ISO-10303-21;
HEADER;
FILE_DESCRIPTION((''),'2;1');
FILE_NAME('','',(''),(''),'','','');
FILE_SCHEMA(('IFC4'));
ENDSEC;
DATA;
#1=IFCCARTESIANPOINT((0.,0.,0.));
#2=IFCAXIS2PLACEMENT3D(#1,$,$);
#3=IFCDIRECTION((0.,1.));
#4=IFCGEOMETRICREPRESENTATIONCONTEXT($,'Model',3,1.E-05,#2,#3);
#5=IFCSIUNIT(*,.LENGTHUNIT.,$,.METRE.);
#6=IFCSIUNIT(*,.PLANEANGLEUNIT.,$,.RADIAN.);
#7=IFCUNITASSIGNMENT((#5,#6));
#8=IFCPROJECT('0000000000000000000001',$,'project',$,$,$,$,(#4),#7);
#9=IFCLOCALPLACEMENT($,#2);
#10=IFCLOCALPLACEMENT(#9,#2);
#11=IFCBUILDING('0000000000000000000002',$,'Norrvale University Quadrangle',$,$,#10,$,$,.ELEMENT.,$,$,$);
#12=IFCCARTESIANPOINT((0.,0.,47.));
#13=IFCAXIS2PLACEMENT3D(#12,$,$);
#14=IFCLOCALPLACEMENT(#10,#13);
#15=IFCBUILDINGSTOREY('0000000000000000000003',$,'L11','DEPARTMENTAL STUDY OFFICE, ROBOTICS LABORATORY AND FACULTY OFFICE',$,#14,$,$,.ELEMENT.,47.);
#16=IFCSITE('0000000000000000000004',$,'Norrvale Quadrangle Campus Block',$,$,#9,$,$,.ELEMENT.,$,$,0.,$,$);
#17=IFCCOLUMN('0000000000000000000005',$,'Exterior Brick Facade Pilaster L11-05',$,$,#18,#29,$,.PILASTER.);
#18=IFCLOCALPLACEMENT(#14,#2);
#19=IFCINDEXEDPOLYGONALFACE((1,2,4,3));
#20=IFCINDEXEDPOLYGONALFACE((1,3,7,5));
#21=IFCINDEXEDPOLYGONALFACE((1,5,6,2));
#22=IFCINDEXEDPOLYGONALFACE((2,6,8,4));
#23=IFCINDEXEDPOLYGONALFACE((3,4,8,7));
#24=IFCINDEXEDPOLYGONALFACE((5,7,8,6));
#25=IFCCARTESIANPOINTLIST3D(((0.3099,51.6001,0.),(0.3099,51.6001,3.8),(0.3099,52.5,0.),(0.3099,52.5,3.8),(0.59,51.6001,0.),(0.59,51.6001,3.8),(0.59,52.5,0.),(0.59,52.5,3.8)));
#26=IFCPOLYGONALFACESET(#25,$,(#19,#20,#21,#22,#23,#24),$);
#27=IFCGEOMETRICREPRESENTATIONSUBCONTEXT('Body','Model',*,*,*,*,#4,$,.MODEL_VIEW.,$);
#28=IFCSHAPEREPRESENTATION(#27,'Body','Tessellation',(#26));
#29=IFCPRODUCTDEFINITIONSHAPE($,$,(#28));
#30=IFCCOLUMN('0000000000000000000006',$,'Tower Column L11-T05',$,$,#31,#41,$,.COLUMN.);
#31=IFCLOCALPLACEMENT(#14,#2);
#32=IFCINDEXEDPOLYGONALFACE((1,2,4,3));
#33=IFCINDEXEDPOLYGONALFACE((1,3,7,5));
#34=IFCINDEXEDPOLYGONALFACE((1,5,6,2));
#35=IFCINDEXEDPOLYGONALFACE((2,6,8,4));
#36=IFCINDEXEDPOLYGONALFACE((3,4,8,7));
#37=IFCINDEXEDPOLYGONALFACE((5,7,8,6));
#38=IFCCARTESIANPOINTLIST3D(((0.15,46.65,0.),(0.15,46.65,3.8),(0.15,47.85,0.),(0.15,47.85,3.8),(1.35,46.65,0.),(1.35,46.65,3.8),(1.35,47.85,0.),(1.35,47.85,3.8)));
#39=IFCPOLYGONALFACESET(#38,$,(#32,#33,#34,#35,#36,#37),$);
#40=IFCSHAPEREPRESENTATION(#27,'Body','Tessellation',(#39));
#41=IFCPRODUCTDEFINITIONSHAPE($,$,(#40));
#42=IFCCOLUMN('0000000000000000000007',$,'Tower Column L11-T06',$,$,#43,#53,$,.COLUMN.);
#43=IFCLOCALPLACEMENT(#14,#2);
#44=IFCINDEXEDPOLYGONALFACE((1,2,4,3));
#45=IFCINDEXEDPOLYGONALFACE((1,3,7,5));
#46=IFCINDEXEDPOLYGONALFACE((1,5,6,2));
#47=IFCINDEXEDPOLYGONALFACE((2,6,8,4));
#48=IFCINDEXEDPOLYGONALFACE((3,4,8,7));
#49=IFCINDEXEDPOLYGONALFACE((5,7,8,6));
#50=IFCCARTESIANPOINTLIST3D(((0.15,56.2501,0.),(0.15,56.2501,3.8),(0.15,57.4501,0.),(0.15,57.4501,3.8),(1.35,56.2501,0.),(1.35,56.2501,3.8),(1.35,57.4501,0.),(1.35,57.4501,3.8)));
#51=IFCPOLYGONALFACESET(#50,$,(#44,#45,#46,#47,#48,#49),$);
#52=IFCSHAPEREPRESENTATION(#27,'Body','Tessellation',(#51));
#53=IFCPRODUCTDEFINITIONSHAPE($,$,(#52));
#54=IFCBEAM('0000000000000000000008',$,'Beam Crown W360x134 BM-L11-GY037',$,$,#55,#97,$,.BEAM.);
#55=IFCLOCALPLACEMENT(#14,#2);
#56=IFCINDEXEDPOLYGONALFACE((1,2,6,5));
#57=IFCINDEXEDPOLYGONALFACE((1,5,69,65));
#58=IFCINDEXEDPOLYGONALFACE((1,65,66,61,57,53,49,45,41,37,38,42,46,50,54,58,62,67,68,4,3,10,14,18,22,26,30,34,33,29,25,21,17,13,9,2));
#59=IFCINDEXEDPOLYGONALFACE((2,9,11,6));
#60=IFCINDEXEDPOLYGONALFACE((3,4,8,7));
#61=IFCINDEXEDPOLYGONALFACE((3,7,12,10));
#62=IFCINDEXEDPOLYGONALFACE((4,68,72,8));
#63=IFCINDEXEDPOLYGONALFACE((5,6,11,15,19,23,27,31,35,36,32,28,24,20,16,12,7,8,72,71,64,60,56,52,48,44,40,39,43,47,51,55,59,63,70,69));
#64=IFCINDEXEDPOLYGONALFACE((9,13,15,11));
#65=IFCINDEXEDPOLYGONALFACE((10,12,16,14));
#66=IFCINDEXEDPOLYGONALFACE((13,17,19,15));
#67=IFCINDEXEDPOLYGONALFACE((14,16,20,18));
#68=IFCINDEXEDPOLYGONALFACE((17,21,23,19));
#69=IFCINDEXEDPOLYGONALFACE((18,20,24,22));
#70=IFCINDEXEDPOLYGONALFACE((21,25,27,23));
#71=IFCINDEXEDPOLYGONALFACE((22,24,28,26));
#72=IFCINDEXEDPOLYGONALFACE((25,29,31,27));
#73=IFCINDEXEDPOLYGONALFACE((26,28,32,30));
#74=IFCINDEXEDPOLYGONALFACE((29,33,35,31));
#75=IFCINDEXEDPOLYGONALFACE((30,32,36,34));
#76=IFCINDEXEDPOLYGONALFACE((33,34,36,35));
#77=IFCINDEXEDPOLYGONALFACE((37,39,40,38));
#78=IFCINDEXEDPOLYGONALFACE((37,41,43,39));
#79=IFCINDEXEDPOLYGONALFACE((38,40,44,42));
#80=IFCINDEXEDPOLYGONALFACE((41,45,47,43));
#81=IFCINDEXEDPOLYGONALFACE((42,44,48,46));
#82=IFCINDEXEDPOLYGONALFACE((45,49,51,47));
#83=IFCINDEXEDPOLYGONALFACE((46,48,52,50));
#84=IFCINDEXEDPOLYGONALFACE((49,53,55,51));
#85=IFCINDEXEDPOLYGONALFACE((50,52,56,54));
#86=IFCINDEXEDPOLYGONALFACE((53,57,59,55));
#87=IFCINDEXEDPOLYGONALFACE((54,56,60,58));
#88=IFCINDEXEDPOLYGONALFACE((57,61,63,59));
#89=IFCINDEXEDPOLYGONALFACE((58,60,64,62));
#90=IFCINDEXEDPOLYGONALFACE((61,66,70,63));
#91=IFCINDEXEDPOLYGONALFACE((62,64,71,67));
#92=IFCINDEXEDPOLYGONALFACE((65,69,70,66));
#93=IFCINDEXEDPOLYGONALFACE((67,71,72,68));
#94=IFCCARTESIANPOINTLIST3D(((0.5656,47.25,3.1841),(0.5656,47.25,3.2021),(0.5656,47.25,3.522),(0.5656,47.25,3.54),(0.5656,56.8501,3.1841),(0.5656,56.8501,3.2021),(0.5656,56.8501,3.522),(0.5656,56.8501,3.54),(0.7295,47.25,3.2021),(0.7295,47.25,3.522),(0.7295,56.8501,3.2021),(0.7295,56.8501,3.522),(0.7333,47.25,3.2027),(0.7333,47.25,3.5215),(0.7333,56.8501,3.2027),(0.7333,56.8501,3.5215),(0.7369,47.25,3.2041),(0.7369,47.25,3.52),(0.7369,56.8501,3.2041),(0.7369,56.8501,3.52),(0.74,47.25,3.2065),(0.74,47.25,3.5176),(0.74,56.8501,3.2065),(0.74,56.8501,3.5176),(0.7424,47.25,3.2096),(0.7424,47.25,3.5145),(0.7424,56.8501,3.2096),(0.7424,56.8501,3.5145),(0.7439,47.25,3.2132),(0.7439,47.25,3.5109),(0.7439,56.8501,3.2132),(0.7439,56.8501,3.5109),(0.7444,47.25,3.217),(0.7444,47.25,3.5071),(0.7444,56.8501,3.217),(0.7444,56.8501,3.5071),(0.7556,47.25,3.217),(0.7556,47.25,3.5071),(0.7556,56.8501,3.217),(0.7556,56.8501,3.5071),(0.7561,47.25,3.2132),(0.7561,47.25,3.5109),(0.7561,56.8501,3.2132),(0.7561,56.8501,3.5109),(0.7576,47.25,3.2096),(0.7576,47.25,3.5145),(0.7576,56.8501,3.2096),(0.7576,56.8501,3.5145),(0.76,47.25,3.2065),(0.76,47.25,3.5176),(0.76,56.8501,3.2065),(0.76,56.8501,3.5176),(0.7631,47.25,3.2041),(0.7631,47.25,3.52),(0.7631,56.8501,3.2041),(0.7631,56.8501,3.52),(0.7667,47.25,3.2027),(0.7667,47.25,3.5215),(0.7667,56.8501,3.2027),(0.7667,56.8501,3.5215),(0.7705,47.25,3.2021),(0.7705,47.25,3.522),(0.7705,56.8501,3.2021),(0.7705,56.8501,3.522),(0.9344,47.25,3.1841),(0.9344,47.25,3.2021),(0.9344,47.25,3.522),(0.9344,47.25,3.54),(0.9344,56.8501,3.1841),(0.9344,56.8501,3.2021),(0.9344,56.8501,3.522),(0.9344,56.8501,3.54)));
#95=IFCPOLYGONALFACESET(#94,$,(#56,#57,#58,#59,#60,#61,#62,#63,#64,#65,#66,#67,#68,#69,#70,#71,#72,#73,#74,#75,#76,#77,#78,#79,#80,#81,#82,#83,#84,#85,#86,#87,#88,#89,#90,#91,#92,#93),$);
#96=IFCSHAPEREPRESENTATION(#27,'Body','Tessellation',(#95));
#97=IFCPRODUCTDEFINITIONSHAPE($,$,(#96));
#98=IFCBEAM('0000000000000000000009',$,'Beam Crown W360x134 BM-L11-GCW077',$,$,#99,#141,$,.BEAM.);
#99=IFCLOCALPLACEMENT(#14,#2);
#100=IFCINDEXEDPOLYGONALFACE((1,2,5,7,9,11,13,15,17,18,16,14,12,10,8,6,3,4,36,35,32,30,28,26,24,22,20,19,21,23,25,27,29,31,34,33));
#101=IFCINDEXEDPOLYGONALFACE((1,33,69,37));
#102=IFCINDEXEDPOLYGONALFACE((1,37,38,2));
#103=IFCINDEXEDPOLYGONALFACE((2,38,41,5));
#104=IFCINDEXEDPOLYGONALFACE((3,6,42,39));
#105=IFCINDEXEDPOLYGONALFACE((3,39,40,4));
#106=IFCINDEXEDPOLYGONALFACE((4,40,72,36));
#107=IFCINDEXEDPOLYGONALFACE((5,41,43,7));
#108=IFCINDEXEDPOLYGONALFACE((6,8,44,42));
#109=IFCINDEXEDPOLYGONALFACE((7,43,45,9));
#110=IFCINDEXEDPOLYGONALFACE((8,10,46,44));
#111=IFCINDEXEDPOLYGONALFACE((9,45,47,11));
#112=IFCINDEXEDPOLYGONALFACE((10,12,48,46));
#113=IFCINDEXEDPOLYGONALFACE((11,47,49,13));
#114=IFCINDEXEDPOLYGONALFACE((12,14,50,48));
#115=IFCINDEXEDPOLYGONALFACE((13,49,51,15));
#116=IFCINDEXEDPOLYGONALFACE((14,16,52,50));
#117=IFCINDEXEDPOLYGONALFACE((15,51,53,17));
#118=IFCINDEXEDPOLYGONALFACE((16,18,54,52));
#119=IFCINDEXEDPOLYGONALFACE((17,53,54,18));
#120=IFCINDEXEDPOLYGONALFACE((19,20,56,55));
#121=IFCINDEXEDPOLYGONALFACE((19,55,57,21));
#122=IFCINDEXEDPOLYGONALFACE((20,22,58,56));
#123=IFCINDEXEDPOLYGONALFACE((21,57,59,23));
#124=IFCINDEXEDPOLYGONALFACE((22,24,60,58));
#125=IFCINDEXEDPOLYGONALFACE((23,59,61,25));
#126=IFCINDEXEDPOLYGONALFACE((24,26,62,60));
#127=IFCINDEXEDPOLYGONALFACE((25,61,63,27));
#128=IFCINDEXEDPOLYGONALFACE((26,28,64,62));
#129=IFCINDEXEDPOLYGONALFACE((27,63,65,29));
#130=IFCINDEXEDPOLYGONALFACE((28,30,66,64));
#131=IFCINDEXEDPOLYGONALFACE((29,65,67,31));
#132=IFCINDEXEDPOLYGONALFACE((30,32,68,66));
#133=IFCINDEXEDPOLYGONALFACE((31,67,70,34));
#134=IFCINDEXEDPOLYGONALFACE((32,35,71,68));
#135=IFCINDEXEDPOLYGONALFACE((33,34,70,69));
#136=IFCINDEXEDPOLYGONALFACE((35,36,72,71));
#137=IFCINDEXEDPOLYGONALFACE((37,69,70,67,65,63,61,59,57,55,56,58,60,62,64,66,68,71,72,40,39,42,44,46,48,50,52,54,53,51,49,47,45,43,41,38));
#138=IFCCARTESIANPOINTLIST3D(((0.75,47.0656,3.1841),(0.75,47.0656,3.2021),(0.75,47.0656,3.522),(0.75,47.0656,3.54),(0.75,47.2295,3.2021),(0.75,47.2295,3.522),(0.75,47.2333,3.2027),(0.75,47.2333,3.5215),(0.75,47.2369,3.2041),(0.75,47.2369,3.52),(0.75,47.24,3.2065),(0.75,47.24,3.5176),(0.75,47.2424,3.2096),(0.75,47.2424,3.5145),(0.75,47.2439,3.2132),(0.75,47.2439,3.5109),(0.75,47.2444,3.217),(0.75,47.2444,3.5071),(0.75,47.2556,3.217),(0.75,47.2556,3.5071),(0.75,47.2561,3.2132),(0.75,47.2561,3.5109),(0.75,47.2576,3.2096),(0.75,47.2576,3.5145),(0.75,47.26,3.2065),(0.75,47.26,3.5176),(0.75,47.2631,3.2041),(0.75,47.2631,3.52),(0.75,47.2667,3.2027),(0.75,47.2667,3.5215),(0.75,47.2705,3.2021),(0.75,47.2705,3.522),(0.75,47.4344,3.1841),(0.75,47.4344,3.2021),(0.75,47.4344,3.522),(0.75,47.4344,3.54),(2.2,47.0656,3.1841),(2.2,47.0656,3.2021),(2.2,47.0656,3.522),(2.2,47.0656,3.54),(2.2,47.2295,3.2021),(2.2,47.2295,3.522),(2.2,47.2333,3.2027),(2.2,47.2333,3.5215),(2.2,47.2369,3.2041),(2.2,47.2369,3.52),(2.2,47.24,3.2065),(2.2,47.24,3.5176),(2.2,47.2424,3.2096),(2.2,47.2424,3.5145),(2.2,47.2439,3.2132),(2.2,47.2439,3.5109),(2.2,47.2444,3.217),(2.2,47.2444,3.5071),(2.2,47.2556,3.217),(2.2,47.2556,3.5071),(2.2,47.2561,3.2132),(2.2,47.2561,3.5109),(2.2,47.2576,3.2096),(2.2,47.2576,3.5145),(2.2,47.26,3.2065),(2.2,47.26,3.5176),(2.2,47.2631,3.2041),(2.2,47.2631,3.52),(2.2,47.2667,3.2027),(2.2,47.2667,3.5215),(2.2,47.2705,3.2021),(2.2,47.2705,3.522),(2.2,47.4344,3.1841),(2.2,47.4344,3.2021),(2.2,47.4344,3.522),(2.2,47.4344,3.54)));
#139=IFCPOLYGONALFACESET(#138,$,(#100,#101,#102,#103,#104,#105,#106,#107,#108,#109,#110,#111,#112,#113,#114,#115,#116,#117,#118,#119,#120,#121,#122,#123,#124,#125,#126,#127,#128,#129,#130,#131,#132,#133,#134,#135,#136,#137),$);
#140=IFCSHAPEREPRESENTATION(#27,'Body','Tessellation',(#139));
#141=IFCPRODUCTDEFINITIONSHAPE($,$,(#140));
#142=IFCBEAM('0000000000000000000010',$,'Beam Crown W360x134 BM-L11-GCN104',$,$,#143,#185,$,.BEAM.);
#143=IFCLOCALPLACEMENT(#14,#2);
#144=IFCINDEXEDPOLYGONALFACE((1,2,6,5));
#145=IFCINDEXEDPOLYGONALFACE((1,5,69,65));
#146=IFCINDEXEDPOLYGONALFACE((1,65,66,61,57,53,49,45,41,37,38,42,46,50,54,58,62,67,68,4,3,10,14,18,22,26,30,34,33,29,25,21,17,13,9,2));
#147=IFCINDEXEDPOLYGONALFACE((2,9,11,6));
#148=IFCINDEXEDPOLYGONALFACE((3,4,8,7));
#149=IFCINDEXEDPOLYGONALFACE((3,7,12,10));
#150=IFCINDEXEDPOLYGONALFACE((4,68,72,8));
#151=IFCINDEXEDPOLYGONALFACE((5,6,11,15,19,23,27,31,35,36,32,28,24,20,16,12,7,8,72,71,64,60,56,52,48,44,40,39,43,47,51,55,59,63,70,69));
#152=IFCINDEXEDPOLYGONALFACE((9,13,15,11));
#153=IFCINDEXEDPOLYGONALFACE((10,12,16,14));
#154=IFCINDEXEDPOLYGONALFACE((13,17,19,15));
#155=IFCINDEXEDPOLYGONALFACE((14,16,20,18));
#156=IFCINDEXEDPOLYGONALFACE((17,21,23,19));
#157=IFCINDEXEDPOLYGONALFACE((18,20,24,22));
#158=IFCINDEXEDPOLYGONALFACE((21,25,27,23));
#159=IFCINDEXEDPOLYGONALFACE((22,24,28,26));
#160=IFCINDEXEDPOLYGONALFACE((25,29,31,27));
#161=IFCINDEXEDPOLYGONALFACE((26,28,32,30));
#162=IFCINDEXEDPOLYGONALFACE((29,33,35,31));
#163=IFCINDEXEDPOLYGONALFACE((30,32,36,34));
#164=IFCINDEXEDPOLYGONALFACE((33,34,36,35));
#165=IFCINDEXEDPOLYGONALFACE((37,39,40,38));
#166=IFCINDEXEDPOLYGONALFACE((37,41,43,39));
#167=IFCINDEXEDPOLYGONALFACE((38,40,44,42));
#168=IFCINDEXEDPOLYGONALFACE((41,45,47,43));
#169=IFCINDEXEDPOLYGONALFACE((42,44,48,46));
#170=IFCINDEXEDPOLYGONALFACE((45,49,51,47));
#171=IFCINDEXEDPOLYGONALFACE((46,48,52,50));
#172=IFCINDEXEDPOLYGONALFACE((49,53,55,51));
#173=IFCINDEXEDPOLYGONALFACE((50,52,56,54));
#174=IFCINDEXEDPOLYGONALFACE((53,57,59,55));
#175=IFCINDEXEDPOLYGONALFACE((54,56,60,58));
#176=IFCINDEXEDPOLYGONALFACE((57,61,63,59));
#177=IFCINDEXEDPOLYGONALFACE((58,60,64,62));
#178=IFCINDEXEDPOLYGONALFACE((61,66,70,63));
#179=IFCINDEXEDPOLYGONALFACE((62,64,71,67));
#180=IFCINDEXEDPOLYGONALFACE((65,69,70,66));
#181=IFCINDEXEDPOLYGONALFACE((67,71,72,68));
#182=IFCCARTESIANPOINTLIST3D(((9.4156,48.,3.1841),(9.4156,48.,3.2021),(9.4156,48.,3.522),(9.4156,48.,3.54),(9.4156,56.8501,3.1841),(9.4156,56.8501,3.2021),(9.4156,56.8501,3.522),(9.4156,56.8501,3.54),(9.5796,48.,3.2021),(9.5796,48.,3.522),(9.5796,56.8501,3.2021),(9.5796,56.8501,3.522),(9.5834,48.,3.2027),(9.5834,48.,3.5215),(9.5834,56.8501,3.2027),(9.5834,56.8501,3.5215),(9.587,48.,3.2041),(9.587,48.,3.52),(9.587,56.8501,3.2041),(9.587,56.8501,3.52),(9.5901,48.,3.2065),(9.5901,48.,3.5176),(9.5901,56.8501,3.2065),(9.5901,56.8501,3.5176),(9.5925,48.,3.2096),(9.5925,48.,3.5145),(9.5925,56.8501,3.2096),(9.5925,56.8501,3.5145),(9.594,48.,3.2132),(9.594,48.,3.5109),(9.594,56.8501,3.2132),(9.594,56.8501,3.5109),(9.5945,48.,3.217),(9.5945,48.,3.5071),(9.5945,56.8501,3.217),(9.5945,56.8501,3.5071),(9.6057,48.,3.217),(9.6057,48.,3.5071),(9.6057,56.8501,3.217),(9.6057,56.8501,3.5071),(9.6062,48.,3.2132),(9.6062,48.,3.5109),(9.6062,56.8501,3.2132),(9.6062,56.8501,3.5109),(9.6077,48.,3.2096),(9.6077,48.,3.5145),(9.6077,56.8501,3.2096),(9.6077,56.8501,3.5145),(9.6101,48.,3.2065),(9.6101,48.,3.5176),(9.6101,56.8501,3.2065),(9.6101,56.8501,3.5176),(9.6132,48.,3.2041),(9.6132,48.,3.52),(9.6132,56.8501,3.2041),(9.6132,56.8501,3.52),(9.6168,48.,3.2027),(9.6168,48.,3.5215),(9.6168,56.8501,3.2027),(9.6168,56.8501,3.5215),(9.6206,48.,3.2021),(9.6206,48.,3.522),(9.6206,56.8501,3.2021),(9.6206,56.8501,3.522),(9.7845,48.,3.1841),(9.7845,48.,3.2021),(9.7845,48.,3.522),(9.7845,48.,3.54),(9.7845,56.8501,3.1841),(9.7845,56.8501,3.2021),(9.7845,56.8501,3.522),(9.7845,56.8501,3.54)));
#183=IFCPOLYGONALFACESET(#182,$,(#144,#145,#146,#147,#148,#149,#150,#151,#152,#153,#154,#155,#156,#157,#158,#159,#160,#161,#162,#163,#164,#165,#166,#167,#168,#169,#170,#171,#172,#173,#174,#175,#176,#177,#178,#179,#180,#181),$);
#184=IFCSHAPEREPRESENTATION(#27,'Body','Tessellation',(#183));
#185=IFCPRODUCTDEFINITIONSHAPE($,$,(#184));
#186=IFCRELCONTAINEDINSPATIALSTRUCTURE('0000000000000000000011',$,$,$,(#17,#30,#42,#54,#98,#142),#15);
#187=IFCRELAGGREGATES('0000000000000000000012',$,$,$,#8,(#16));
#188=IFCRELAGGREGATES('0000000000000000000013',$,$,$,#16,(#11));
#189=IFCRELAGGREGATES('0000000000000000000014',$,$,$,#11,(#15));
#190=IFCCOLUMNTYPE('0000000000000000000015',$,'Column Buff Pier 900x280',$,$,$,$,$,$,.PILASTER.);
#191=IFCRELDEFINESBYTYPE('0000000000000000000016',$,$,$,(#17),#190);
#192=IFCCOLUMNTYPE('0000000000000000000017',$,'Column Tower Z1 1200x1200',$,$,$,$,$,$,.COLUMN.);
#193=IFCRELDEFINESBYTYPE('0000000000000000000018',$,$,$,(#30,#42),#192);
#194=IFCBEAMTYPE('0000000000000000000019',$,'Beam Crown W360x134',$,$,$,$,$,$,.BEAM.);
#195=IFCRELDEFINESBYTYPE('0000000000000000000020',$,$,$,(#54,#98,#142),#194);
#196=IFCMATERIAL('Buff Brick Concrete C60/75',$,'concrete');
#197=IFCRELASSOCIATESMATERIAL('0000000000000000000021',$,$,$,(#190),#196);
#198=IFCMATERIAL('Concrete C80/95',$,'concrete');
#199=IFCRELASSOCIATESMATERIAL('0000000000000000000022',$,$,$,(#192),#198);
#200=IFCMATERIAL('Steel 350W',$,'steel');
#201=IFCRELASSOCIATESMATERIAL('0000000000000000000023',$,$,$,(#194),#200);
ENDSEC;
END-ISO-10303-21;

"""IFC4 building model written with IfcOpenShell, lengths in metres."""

from ifc_helpers import new_model, si_unit, direction, frame, origin, origin_2d, place, context, subcontext, project, spatial, rectangle, i_section, extrude, material, material_profile, profile_set, type_object, element, save


model = new_model("IFC4")

# Units and contexts
model_context = context("Model", 3, precision=1e-05, world=origin(), true_north=direction((0.0, 1.0)))
body_context = subcontext(model_context, "Body", "Model", "MODEL_VIEW")
ifc_project = project(units=[si_unit("LENGTHUNIT", "METRE"), si_unit("PLANEANGLEUNIT", "RADIAN")], contexts=[model_context])

# Site, building, storey
site_placement = place(None, origin())
site = spatial("IfcSite", under=ifc_project, at=site_placement, Name="Norrvale Quadrangle Campus Block", CompositionType="ELEMENT", RefElevation=0.0)
building_placement = place(site_placement, origin())
building = spatial("IfcBuilding", under=site, at=building_placement, Name="Norrvale University Quadrangle", CompositionType="ELEMENT")
storey_placement = place(building_placement, frame((0.0, 0.0, 47.0)))
storey = spatial("IfcBuildingStorey", under=building, at=storey_placement, Name="L11", Description="DEPARTMENTAL STUDY OFFICE, ROBOTICS LABORATORY AND FACULTY OFFICE", CompositionType="ELEMENT", Elevation=47.0)

# Columns
ifc_material_1 = material(Name="Buff Brick Concrete C60/75", Category="concrete")
ifc_material_profile_1 = material_profile(ifc_material_1, rectangle(XDim=0.8999, YDim=0.28, at=origin_2d()), Name="Buff Brick Concrete C60/75")
ifc_profile_set_1 = profile_set([ifc_material_profile_1], Name="Buff Brick Concrete C60/75")
column_type_1 = type_object("IfcColumnType", Name="Column Buff Pier 900x280", PredefinedType="PILASTER", material=ifc_profile_set_1)
column_placement = place(storey_placement, frame((0.45, 52.05, 0.0), z_axis=(0.0, 0.0, 1.0), x_axis=(0.0, 1.0, 0.0)))
element("IfcColumn", 1, at=column_placement, inside=storey, type_object=column_type_1, Name="Exterior Brick Facade Pilaster L11-05", PredefinedType="PILASTER", context=body_context, shape_type="SweptSolid", body=[
    extrude(rectangle(XDim=0.8999, YDim=0.28, at=origin_2d()), origin(), (0.0, 0.0, 1.0), 3.8),
])
ifc_material_2 = material(Name="Concrete C80/95", Category="concrete")
ifc_material_profile_2 = material_profile(ifc_material_2, rectangle(XDim=1.2, YDim=1.2, at=origin_2d()), Name="Concrete C80/95")
ifc_profile_set_2 = profile_set([ifc_material_profile_2], Name="Concrete C80/95")
column_type_2 = type_object("IfcColumnType", Name="Column Tower Z1 1200x1200", PredefinedType="COLUMN", material=ifc_profile_set_2)
for number, where, z_axis, x_axis, name in (
    (2, (0.75, 47.25, 0.0), (0.0, 0.0, 1.0), (1.0, 0.0, 0.0), "Tower Column L11-T05"),
    (3, (0.75, 56.8501, 0.0), (0.0, 0.0, 1.0), (1.0, 0.0, 0.0), "Tower Column L11-T06"),
):
    element("IfcColumn", number, at=place(storey_placement, frame(where, z_axis=z_axis, x_axis=x_axis)), inside=storey, type_object=column_type_2, Name=name, PredefinedType="COLUMN", context=body_context, shape_type="SweptSolid", body=[
        extrude(rectangle(XDim=1.2, YDim=1.2, at=origin_2d()), origin(), (0.0, 0.0, 1.0), 3.8),
    ])

# Beams
ifc_material_3 = material(Name="Steel 350W", Category="steel")
ifc_material_profile_3 = material_profile(ifc_material_3, i_section(OverallWidth=0.3689, OverallDepth=0.356, WebThickness=0.0112, FlangeThickness=0.0181, FilletRadius=0.0149, at=origin_2d()), Name="Steel 350W")
ifc_profile_set_3 = profile_set([ifc_material_profile_3], Name="Steel 350W")
beam_type_1 = type_object("IfcBeamType", Name="Beam Crown W360x134", PredefinedType="BEAM", material=ifc_profile_set_3)
beam_1_placement = place(storey_placement, frame((0.75, 47.25, 3.3621), z_axis=(0.0, 1.0, 0.0), x_axis=(-1.0, 0.0, 0.0)))
element("IfcBeam", 4, at=beam_1_placement, inside=storey, type_object=beam_type_1, Name="Beam Crown W360x134 BM-L11-GY037", PredefinedType="BEAM", context=body_context, shape_type="SweptSolid", body=[
    extrude(i_section(OverallWidth=0.3689, OverallDepth=0.356, WebThickness=0.0112, FlangeThickness=0.0181, FilletRadius=0.0149, at=origin_2d()), origin(), (0.0, 0.0, 1.0), 9.6001),
])
beam_2_placement = place(storey_placement, frame((0.75, 47.25, 3.3621), z_axis=(1.0, 0.0, 0.0), x_axis=(0.0, 1.0, 0.0)))
element("IfcBeam", 5, at=beam_2_placement, inside=storey, type_object=beam_type_1, Name="Beam Crown W360x134 BM-L11-GCW077", PredefinedType="BEAM", context=body_context, shape_type="SweptSolid", body=[
    extrude(i_section(OverallWidth=0.3689, OverallDepth=0.356, WebThickness=0.0112, FlangeThickness=0.0181, FilletRadius=0.0149, at=origin_2d()), origin(), (0.0, 0.0, 1.0), 1.45),
])
beam_3_placement = place(storey_placement, frame((9.6001, 48.0, 3.3621), z_axis=(0.0, 1.0, 0.0), x_axis=(-1.0, 0.0, 0.0)))
element("IfcBeam", 6, at=beam_3_placement, inside=storey, type_object=beam_type_1, Name="Beam Crown W360x134 BM-L11-GCN104", PredefinedType="BEAM", context=body_context, shape_type="SweptSolid", body=[
    extrude(i_section(OverallWidth=0.3689, OverallDepth=0.356, WebThickness=0.0112, FlangeThickness=0.0181, FilletRadius=0.0149, at=origin_2d()), origin(), (0.0, 0.0, 1.0), 8.8501),
])

save(model, "model.ifc")
